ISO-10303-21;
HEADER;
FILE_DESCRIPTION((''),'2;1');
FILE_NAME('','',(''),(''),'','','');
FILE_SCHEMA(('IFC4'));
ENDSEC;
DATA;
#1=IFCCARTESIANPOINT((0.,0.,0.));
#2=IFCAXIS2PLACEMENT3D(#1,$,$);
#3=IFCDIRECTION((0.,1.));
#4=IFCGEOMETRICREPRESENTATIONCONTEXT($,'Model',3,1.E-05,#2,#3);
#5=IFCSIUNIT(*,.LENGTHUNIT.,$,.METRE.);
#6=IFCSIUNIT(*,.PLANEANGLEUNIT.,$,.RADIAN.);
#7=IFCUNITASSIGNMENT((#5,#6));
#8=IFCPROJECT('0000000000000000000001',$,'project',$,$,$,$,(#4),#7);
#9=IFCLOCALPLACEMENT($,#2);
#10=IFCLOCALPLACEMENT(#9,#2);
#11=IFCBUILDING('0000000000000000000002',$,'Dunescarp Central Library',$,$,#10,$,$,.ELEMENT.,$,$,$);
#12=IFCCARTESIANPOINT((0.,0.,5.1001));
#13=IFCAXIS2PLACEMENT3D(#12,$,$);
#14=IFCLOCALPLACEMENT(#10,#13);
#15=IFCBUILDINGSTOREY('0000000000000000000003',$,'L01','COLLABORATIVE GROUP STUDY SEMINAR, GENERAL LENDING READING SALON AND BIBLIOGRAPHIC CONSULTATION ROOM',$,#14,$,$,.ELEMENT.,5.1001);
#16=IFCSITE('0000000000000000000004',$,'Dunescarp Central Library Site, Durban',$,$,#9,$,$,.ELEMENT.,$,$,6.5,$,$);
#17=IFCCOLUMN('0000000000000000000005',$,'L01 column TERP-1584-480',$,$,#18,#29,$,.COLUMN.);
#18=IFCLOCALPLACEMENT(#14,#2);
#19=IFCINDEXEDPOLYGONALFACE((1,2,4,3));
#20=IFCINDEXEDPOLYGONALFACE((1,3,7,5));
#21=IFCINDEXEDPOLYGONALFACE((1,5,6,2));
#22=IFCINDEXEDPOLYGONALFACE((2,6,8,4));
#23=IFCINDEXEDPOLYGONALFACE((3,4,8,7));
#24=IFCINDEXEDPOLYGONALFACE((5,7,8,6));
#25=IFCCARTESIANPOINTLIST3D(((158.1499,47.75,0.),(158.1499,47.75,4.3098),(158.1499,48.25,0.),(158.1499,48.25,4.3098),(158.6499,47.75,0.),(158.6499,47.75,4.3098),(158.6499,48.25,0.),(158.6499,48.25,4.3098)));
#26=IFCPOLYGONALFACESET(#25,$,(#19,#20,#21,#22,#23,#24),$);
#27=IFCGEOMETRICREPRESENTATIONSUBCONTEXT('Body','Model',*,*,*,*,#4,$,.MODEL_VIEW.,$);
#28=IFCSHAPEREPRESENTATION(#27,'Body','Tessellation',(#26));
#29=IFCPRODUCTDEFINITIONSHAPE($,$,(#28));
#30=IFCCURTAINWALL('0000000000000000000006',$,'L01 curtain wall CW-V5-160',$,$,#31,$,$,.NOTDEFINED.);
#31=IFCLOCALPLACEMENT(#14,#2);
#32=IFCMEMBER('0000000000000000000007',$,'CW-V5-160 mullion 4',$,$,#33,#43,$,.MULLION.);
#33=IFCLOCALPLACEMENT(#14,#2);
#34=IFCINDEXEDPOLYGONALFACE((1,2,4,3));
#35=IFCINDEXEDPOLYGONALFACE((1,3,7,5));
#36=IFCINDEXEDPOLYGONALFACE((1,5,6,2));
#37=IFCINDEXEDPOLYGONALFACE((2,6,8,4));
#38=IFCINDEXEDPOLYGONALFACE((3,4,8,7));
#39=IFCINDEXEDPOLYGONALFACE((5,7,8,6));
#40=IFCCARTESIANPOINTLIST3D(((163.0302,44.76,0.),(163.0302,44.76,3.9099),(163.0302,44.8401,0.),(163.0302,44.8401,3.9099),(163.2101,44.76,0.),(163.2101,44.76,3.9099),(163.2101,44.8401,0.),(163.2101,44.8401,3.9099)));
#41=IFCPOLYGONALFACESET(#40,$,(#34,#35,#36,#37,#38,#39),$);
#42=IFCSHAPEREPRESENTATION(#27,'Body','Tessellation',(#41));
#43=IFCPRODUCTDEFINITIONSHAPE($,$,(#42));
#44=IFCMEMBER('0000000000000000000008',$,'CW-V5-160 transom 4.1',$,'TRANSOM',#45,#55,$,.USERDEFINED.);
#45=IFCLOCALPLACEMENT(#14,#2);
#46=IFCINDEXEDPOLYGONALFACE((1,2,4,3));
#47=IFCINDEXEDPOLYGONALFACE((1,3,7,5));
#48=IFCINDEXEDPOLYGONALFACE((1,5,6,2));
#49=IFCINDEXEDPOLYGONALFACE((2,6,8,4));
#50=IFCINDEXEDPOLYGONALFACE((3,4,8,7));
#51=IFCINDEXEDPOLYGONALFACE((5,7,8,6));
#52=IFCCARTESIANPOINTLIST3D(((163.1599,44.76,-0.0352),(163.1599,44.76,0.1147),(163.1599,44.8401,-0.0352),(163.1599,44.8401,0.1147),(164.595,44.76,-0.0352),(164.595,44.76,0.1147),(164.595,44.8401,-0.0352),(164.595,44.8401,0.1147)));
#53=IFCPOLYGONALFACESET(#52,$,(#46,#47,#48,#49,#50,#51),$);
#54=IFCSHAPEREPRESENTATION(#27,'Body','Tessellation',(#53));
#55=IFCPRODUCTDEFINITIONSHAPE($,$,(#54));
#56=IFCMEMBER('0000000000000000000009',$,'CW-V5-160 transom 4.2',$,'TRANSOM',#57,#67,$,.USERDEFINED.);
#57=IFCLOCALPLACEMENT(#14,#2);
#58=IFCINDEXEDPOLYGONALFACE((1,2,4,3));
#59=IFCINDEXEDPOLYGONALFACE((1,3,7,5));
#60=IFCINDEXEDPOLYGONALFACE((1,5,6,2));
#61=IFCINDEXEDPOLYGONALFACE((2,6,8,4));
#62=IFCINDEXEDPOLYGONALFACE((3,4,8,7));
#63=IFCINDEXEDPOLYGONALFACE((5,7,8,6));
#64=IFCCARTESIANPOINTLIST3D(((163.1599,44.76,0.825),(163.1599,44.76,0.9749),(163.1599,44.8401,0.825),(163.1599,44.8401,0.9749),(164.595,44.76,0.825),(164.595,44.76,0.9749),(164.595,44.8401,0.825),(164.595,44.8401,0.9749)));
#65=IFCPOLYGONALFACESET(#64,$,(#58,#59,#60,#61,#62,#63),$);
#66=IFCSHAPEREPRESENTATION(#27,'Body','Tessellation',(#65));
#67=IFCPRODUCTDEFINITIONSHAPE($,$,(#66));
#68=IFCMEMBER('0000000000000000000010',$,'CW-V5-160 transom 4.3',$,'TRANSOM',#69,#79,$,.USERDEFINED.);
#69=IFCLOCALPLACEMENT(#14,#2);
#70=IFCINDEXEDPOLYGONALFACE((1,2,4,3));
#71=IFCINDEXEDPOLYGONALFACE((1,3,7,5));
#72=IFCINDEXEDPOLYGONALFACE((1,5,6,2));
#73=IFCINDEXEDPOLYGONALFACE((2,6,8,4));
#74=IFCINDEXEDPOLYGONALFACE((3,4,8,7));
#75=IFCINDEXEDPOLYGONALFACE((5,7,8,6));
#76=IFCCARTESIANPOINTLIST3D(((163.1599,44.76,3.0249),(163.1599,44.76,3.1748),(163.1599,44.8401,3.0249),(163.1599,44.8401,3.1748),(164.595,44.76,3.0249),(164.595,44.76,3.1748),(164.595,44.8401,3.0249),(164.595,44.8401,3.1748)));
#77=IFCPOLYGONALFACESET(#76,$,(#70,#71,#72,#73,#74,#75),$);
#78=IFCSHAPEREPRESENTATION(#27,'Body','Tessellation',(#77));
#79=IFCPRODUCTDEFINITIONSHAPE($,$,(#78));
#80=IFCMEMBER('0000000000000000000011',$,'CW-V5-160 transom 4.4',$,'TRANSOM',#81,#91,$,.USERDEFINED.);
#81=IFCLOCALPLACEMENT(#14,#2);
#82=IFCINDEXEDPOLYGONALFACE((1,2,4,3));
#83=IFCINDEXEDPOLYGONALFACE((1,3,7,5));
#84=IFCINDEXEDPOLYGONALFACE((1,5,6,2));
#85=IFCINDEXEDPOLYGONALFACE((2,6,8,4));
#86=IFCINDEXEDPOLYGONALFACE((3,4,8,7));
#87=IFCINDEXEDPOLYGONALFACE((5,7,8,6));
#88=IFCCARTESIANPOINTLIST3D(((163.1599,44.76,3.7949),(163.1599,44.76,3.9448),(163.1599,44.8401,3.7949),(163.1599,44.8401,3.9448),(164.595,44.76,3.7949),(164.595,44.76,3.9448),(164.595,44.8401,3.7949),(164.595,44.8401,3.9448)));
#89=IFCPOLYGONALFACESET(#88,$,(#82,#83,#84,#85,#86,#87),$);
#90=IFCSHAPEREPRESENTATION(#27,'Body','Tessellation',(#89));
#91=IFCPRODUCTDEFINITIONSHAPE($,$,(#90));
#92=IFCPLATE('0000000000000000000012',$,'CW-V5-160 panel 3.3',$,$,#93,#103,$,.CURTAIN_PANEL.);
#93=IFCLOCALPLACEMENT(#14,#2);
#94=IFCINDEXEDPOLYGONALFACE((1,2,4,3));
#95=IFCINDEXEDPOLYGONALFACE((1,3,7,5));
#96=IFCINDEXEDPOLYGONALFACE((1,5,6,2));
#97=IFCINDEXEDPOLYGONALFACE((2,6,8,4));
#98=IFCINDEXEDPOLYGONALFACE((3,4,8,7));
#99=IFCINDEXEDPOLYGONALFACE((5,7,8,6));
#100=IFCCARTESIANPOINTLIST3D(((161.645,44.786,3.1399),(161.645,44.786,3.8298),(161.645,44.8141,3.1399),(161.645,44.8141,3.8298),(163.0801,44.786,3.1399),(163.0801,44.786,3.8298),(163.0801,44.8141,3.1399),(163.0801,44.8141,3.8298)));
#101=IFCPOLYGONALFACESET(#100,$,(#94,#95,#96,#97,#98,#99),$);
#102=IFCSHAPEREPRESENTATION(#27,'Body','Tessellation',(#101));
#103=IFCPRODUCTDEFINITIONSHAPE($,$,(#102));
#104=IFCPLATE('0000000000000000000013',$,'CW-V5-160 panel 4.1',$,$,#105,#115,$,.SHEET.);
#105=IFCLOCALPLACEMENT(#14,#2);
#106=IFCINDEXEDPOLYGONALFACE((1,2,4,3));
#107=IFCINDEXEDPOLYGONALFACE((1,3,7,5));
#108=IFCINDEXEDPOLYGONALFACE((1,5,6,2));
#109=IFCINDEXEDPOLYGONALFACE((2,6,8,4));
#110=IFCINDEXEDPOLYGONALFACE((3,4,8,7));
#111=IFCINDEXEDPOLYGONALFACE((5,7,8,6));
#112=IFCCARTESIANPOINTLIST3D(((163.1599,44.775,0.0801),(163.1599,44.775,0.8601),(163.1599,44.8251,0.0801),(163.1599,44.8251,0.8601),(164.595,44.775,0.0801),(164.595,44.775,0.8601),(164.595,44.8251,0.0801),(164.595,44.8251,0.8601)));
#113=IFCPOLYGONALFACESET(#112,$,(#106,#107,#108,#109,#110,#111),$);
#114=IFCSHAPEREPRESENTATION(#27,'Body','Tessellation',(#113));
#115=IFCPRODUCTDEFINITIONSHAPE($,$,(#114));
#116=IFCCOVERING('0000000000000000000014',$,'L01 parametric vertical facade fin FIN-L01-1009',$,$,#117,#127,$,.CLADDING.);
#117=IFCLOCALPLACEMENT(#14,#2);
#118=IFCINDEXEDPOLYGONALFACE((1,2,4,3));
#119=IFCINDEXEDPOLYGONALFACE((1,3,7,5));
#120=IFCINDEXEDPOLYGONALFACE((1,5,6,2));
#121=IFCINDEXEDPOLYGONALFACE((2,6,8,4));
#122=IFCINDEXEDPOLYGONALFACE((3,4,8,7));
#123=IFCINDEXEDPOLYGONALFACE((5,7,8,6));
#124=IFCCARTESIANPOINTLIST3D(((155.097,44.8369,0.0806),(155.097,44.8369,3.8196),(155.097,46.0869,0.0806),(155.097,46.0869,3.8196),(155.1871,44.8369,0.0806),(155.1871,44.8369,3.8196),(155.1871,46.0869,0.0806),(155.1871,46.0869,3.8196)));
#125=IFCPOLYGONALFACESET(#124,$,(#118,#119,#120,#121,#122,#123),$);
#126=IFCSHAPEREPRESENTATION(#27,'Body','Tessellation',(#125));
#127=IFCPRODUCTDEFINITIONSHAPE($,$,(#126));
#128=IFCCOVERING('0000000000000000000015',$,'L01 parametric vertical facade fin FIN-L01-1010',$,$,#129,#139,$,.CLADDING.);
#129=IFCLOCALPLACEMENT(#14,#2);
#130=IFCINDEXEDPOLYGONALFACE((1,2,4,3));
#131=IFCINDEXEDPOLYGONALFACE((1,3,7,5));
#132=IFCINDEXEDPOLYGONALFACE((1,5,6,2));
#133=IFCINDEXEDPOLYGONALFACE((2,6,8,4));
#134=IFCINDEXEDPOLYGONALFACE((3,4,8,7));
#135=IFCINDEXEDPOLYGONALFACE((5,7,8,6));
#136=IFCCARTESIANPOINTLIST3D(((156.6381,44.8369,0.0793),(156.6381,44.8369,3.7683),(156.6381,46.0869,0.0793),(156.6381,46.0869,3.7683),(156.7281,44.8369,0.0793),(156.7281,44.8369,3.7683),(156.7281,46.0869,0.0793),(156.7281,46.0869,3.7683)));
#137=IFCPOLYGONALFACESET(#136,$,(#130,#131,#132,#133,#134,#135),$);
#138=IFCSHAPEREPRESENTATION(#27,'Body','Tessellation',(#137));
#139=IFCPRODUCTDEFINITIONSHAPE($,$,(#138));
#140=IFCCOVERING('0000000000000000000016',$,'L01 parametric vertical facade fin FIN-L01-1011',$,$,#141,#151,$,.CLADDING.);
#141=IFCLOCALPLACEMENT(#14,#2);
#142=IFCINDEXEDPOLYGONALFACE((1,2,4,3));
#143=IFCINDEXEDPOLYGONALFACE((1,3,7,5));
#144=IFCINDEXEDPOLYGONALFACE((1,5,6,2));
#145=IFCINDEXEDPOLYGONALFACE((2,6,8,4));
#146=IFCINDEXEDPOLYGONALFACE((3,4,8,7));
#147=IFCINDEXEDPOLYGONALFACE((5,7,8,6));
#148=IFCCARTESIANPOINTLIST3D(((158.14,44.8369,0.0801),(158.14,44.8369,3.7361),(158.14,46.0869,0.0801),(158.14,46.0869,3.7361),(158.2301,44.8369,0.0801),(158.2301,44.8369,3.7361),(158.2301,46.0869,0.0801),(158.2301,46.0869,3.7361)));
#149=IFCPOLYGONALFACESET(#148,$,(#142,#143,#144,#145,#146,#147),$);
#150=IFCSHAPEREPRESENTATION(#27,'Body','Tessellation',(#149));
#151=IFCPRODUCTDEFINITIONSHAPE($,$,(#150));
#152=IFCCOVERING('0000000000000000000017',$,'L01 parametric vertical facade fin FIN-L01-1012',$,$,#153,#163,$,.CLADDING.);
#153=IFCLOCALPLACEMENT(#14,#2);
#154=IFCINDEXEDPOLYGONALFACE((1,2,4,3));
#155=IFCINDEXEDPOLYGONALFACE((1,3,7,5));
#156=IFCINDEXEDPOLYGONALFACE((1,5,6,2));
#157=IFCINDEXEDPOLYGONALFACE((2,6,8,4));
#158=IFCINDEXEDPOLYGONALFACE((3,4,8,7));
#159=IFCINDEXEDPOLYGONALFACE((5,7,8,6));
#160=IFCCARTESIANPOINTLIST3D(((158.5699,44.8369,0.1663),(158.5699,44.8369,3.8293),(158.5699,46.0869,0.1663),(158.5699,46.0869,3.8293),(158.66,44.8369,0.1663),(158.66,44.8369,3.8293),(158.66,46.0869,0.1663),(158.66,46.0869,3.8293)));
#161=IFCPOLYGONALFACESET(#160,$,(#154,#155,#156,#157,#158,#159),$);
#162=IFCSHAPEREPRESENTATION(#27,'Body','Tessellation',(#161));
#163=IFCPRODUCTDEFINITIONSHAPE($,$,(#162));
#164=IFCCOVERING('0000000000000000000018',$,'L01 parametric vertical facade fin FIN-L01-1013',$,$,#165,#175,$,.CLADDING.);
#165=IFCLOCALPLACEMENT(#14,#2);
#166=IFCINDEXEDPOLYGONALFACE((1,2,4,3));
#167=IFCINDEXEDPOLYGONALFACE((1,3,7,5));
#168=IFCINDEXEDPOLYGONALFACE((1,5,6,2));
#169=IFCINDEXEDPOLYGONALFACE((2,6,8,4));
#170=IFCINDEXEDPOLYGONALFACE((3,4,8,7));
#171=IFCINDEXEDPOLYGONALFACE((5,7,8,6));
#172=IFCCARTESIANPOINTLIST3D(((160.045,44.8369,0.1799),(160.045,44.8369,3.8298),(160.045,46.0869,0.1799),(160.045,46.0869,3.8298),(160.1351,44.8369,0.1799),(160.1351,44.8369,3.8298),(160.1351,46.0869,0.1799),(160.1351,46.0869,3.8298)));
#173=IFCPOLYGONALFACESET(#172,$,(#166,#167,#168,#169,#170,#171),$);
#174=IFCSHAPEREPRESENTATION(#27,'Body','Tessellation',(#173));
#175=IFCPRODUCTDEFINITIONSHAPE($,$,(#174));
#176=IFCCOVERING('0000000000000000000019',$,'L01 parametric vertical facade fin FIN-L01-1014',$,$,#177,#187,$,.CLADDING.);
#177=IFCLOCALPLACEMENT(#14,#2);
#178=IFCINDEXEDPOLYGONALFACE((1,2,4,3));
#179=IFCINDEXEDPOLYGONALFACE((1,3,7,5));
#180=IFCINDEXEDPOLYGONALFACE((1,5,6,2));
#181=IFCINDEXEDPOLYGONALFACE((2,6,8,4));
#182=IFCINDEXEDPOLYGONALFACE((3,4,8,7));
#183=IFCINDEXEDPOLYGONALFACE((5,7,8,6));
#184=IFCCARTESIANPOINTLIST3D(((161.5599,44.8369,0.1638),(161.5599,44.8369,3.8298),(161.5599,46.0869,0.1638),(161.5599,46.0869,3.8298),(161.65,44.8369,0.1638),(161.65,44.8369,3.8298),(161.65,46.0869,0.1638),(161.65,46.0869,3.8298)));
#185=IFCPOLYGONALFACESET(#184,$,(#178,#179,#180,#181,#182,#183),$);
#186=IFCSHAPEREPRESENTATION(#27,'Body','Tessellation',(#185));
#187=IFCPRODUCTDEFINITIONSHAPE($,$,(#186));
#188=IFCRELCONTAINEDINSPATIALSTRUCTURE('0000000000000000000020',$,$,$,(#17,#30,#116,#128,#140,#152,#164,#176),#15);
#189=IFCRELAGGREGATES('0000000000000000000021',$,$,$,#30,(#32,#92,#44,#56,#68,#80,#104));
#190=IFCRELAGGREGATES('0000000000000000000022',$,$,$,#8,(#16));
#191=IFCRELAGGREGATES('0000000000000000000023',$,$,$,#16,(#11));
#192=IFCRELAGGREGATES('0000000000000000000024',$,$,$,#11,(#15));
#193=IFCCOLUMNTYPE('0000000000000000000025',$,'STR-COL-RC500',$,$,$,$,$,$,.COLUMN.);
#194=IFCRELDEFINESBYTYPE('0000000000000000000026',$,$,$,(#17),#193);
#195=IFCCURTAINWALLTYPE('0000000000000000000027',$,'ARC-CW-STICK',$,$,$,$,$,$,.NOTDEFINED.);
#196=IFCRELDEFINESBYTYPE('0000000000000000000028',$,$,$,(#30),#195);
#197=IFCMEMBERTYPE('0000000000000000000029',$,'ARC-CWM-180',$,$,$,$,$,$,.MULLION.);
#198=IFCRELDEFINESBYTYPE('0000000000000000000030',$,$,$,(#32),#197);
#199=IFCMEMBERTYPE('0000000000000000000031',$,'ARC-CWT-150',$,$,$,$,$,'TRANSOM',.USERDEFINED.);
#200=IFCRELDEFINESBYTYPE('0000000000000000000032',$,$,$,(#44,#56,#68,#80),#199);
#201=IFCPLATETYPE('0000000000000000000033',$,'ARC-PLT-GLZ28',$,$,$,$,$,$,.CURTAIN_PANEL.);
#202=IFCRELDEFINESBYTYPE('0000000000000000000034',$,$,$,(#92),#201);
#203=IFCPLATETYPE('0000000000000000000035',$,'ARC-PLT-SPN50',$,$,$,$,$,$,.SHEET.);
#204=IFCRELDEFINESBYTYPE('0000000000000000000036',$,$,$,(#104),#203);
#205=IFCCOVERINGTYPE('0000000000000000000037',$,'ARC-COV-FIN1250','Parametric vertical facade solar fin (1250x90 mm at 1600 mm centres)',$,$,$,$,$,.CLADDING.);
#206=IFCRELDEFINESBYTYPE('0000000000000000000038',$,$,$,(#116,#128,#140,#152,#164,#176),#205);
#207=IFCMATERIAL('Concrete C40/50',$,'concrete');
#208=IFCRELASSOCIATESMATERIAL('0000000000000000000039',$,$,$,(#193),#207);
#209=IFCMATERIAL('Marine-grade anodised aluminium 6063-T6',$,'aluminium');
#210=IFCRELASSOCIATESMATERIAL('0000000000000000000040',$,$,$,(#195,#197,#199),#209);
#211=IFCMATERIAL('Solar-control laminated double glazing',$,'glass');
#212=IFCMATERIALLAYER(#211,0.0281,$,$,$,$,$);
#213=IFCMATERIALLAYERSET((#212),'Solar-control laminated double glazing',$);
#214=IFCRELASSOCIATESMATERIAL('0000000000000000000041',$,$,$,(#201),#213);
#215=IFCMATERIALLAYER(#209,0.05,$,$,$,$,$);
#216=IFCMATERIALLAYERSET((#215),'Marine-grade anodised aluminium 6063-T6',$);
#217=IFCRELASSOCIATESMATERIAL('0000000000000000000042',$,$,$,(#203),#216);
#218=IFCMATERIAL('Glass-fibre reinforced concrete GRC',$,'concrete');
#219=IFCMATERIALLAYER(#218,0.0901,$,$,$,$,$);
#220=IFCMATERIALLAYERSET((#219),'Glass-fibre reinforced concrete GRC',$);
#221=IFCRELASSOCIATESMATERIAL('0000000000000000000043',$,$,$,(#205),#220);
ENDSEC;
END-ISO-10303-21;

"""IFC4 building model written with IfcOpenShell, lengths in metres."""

from ifc_helpers import new_model, si_unit, direction, frame, origin, origin_2d, place, context, subcontext, project, spatial, rectangle, extrude, material, layer, layer_set, material_profile, profile_set, type_object, element, aggregate, save


model = new_model("IFC4")

# Units and contexts
model_context = context("Model", 3, precision=1e-05, world=origin(), true_north=direction((0.0, 1.0)))
body_context = subcontext(model_context, "Body", "Model", "MODEL_VIEW")
ifc_project = project(units=[si_unit("LENGTHUNIT", "METRE"), si_unit("PLANEANGLEUNIT", "RADIAN")], contexts=[model_context])

# Site, building, storey
site_placement = place(None, origin())
site = spatial("IfcSite", under=ifc_project, at=site_placement, Name="Dunescarp Central Library Site, Durban", CompositionType="ELEMENT", RefElevation=6.5)
building_placement = place(site_placement, origin())
building = spatial("IfcBuilding", under=site, at=building_placement, Name="Dunescarp Central Library", CompositionType="ELEMENT")
storey_placement = place(building_placement, frame((0.0, 0.0, 5.1001)))
storey = spatial("IfcBuildingStorey", under=building, at=storey_placement, Name="L01", Description="COLLABORATIVE GROUP STUDY SEMINAR, GENERAL LENDING READING SALON AND BIBLIOGRAPHIC CONSULTATION ROOM", CompositionType="ELEMENT", Elevation=5.1001)

# Column
ifc_material_1 = material(Name="Concrete C40/50", Category="concrete")
ifc_material_profile_1 = material_profile(ifc_material_1, rectangle(XDim=0.5, YDim=0.5, at=origin_2d()), Name="RC 500x500")
ifc_profile_set_1 = profile_set([ifc_material_profile_1], Name="Concrete C40/50")
column_type = type_object("IfcColumnType", Name="STR-COL-RC500", PredefinedType="COLUMN", material=ifc_profile_set_1)
column_placement = place(storey_placement, frame((158.3999, 48.0, 0.0), z_axis=(0.0, 0.0, 1.0), x_axis=(1.0, 0.0, 0.0)))
element("IfcColumn", 1, at=column_placement, inside=storey, type_object=column_type, Name="L01 column TERP-1584-480", PredefinedType="COLUMN", context=body_context, shape_type="SweptSolid", body=[
    extrude(rectangle(XDim=0.5, YDim=0.5, at=origin_2d()), origin(), (0.0, 0.0, 1.0), 4.3098),
])

# Curtain wall, members, plates
ifc_material_2 = material(Name="Marine-grade anodised aluminium 6063-T6", Category="aluminium")
curtain_wall_type = type_object("IfcCurtainWallType", Name="ARC-CW-STICK", PredefinedType="NOTDEFINED", material=ifc_material_2)
curtain_wall_placement = place(storey_placement, origin())
curtain_wall = element("IfcCurtainWall", 2, at=curtain_wall_placement, inside=storey, type_object=curtain_wall_type, Name="L01 curtain wall CW-V5-160", PredefinedType="NOTDEFINED")
ifc_material_profile_2 = material_profile(ifc_material_2, rectangle(XDim=0.0801, YDim=0.1799, at=origin_2d()), Name="AL 80x180")
ifc_profile_set_2 = profile_set([ifc_material_profile_2], Name="Marine-grade anodised aluminium 6063-T6")
member_type_1 = type_object("IfcMemberType", Name="ARC-CWM-180", PredefinedType="MULLION", material=ifc_profile_set_2)
member_1_placement = place(storey_placement, frame((163.1201, 44.8, 0.0), z_axis=(0.0, 0.0, 1.0), x_axis=(0.0, 1.0, 0.0)))
member_1 = element("IfcMember", 3, at=member_1_placement, type_object=member_type_1, Name="CW-V5-160 mullion 4", PredefinedType="MULLION", context=body_context, shape_type="SweptSolid", body=[
    extrude(rectangle(XDim=0.0801, YDim=0.1799, at=origin_2d()), origin(), (0.0, 0.0, 1.0), 3.9099),
])
ifc_material_profile_3 = material_profile(ifc_material_2, rectangle(XDim=0.0801, YDim=0.1499, at=origin_2d()), Name="AL 80x150")
ifc_profile_set_3 = profile_set([ifc_material_profile_3], Name="Marine-grade anodised aluminium 6063-T6")
member_type_2 = type_object("IfcMemberType", Name="ARC-CWT-150", ElementType="TRANSOM", PredefinedType="USERDEFINED", material=ifc_profile_set_3)
member_2_placement = place(storey_placement, frame((163.1599, 44.8, 0.0398), z_axis=(1.0, 0.0, 0.0), x_axis=(0.0, 1.0, 0.0)))
member_2 = element("IfcMember", 4, at=member_2_placement, type_object=member_type_2, Name="CW-V5-160 transom 4.1", ObjectType="TRANSOM", PredefinedType="USERDEFINED", context=body_context, shape_type="SweptSolid", body=[
    extrude(rectangle(XDim=0.0801, YDim=0.1499, at=origin_2d()), origin(), (0.0, 0.0, 1.0), 1.4351),
])
member_3_placement = place(storey_placement, frame((163.1599, 44.8, 0.8999), z_axis=(1.0, 0.0, 0.0), x_axis=(0.0, 1.0, 0.0)))
member_3 = element("IfcMember", 5, at=member_3_placement, type_object=member_type_2, Name="CW-V5-160 transom 4.2", ObjectType="TRANSOM", PredefinedType="USERDEFINED", context=body_context, shape_type="SweptSolid", body=[
    extrude(rectangle(XDim=0.0801, YDim=0.1499, at=origin_2d()), origin(), (0.0, 0.0, 1.0), 1.4351),
])
member_4_placement = place(storey_placement, frame((163.1599, 44.8, 3.0999), z_axis=(1.0, 0.0, 0.0), x_axis=(0.0, 1.0, 0.0)))
member_4 = element("IfcMember", 6, at=member_4_placement, type_object=member_type_2, Name="CW-V5-160 transom 4.3", ObjectType="TRANSOM", PredefinedType="USERDEFINED", context=body_context, shape_type="SweptSolid", body=[
    extrude(rectangle(XDim=0.0801, YDim=0.1499, at=origin_2d()), origin(), (0.0, 0.0, 1.0), 1.4351),
])
member_5_placement = place(storey_placement, frame((163.1599, 44.8, 3.8699), z_axis=(1.0, 0.0, 0.0), x_axis=(0.0, 1.0, 0.0)))
member_5 = element("IfcMember", 7, at=member_5_placement, type_object=member_type_2, Name="CW-V5-160 transom 4.4", ObjectType="TRANSOM", PredefinedType="USERDEFINED", context=body_context, shape_type="SweptSolid", body=[
    extrude(rectangle(XDim=0.0801, YDim=0.1499, at=origin_2d()), origin(), (0.0, 0.0, 1.0), 1.4351),
])
ifc_material_3 = material(Name="Solar-control laminated double glazing", Category="glass")
ifc_layer_1 = layer(ifc_material_3, 0.0281)
ifc_layer_set_1 = layer_set([ifc_layer_1], Name="Solar-control laminated double glazing")
plate_type_1 = type_object("IfcPlateType", Name="ARC-PLT-GLZ28", PredefinedType="CURTAIN_PANEL", material=ifc_layer_set_1)
plate_1_placement = place(storey_placement, frame((162.3625, 44.8, 3.1399), z_axis=(0.0, 0.0, 1.0), x_axis=(1.0, 0.0, 0.0)))
plate_1 = element("IfcPlate", 8, at=plate_1_placement, type_object=plate_type_1, Name="CW-V5-160 panel 3.3", PredefinedType="CURTAIN_PANEL", context=body_context, shape_type="SweptSolid", body=[
    extrude(rectangle(XDim=1.4351, YDim=0.0281, at=origin_2d()), origin(), (0.0, 0.0, 1.0), 0.6899),
])
ifc_layer_2 = layer(ifc_material_2, 0.05)
ifc_layer_set_2 = layer_set([ifc_layer_2], Name="Marine-grade anodised aluminium 6063-T6")
plate_type_2 = type_object("IfcPlateType", Name="ARC-PLT-SPN50", PredefinedType="SHEET", material=ifc_layer_set_2)
plate_2_placement = place(storey_placement, frame((163.8774, 44.8, 0.0801), z_axis=(0.0, 0.0, 1.0), x_axis=(1.0, 0.0, 0.0)))
plate_2 = element("IfcPlate", 9, at=plate_2_placement, type_object=plate_type_2, Name="CW-V5-160 panel 4.1", PredefinedType="SHEET", context=body_context, shape_type="SweptSolid", body=[
    extrude(rectangle(XDim=1.4351, YDim=0.05, at=origin_2d()), origin(), (0.0, 0.0, 1.0), 0.78),
])
aggregate(curtain_wall, [member_1, plate_1, member_2, member_3, member_4, member_5, plate_2])

# Coverings
ifc_material_4 = material(Name="Glass-fibre reinforced concrete GRC", Category="concrete")
ifc_layer_3 = layer(ifc_material_4, 0.0901)
ifc_layer_set_3 = layer_set([ifc_layer_3], Name="Glass-fibre reinforced concrete GRC")
covering_type = type_object("IfcCoveringType", Name="ARC-COV-FIN1250", Description="Parametric vertical facade solar fin (1250x90 mm at 1600 mm centres)", PredefinedType="CLADDING", material=ifc_layer_set_3)
covering_1_placement = place(storey_placement, frame((155.1421, 45.4619, 0.0806), z_axis=(0.0, 0.0, 1.0), x_axis=(0.0, 1.0, 0.0)))
element("IfcCovering", 10, at=covering_1_placement, inside=storey, type_object=covering_type, Name="L01 parametric vertical facade fin FIN-L01-1009", PredefinedType="CLADDING", context=body_context, shape_type="SweptSolid", body=[
    extrude(rectangle(XDim=1.25, YDim=0.0901, at=origin_2d()), origin(), (0.0, 0.0, 1.0), 3.739),
])
covering_2_placement = place(storey_placement, frame((156.6831, 45.4619, 0.0793), z_axis=(0.0, 0.0, 1.0), x_axis=(0.0, 1.0, 0.0)))
element("IfcCovering", 11, at=covering_2_placement, inside=storey, type_object=covering_type, Name="L01 parametric vertical facade fin FIN-L01-1010", PredefinedType="CLADDING", context=body_context, shape_type="SweptSolid", body=[
    extrude(rectangle(XDim=1.25, YDim=0.0901, at=origin_2d()), origin(), (0.0, 0.0, 1.0), 3.689),
])
covering_3_placement = place(storey_placement, frame((158.1851, 45.4619, 0.0801), z_axis=(0.0, 0.0, 1.0), x_axis=(0.0, 1.0, 0.0)))
element("IfcCovering", 12, at=covering_3_placement, inside=storey, type_object=covering_type, Name="L01 parametric vertical facade fin FIN-L01-1011", PredefinedType="CLADDING", context=body_context, shape_type="SweptSolid", body=[
    extrude(rectangle(XDim=1.25, YDim=0.0901, at=origin_2d()), origin(), (0.0, 0.0, 1.0), 3.656),
])
covering_4_placement = place(storey_placement, frame((158.615, 45.4619, 0.1663), z_axis=(0.0, 0.0, 1.0), x_axis=(0.0, 1.0, 0.0)))
element("IfcCovering", 13, at=covering_4_placement, inside=storey, type_object=covering_type, Name="L01 parametric vertical facade fin FIN-L01-1012", PredefinedType="CLADDING", context=body_context, shape_type="SweptSolid", body=[
    extrude(rectangle(XDim=1.25, YDim=0.0901, at=origin_2d()), origin(), (0.0, 0.0, 1.0), 3.6631),
])
covering_5_placement = place(storey_placement, frame((160.0901, 45.4619, 0.1799), z_axis=(0.0, 0.0, 1.0), x_axis=(0.0, 1.0, 0.0)))
element("IfcCovering", 14, at=covering_5_placement, inside=storey, type_object=covering_type, Name="L01 parametric vertical facade fin FIN-L01-1013", PredefinedType="CLADDING", context=body_context, shape_type="SweptSolid", body=[
    extrude(rectangle(XDim=1.25, YDim=0.0901, at=origin_2d()), origin(), (0.0, 0.0, 1.0), 3.6499),
])
covering_6_placement = place(storey_placement, frame((161.605, 45.4619, 0.1638), z_axis=(0.0, 0.0, 1.0), x_axis=(0.0, 1.0, 0.0)))
element("IfcCovering", 15, at=covering_6_placement, inside=storey, type_object=covering_type, Name="L01 parametric vertical facade fin FIN-L01-1014", PredefinedType="CLADDING", context=body_context, shape_type="SweptSolid", body=[
    extrude(rectangle(XDim=1.25, YDim=0.0901, at=origin_2d()), origin(), (0.0, 0.0, 1.0), 3.666),
])

save(model, "model.ifc")
